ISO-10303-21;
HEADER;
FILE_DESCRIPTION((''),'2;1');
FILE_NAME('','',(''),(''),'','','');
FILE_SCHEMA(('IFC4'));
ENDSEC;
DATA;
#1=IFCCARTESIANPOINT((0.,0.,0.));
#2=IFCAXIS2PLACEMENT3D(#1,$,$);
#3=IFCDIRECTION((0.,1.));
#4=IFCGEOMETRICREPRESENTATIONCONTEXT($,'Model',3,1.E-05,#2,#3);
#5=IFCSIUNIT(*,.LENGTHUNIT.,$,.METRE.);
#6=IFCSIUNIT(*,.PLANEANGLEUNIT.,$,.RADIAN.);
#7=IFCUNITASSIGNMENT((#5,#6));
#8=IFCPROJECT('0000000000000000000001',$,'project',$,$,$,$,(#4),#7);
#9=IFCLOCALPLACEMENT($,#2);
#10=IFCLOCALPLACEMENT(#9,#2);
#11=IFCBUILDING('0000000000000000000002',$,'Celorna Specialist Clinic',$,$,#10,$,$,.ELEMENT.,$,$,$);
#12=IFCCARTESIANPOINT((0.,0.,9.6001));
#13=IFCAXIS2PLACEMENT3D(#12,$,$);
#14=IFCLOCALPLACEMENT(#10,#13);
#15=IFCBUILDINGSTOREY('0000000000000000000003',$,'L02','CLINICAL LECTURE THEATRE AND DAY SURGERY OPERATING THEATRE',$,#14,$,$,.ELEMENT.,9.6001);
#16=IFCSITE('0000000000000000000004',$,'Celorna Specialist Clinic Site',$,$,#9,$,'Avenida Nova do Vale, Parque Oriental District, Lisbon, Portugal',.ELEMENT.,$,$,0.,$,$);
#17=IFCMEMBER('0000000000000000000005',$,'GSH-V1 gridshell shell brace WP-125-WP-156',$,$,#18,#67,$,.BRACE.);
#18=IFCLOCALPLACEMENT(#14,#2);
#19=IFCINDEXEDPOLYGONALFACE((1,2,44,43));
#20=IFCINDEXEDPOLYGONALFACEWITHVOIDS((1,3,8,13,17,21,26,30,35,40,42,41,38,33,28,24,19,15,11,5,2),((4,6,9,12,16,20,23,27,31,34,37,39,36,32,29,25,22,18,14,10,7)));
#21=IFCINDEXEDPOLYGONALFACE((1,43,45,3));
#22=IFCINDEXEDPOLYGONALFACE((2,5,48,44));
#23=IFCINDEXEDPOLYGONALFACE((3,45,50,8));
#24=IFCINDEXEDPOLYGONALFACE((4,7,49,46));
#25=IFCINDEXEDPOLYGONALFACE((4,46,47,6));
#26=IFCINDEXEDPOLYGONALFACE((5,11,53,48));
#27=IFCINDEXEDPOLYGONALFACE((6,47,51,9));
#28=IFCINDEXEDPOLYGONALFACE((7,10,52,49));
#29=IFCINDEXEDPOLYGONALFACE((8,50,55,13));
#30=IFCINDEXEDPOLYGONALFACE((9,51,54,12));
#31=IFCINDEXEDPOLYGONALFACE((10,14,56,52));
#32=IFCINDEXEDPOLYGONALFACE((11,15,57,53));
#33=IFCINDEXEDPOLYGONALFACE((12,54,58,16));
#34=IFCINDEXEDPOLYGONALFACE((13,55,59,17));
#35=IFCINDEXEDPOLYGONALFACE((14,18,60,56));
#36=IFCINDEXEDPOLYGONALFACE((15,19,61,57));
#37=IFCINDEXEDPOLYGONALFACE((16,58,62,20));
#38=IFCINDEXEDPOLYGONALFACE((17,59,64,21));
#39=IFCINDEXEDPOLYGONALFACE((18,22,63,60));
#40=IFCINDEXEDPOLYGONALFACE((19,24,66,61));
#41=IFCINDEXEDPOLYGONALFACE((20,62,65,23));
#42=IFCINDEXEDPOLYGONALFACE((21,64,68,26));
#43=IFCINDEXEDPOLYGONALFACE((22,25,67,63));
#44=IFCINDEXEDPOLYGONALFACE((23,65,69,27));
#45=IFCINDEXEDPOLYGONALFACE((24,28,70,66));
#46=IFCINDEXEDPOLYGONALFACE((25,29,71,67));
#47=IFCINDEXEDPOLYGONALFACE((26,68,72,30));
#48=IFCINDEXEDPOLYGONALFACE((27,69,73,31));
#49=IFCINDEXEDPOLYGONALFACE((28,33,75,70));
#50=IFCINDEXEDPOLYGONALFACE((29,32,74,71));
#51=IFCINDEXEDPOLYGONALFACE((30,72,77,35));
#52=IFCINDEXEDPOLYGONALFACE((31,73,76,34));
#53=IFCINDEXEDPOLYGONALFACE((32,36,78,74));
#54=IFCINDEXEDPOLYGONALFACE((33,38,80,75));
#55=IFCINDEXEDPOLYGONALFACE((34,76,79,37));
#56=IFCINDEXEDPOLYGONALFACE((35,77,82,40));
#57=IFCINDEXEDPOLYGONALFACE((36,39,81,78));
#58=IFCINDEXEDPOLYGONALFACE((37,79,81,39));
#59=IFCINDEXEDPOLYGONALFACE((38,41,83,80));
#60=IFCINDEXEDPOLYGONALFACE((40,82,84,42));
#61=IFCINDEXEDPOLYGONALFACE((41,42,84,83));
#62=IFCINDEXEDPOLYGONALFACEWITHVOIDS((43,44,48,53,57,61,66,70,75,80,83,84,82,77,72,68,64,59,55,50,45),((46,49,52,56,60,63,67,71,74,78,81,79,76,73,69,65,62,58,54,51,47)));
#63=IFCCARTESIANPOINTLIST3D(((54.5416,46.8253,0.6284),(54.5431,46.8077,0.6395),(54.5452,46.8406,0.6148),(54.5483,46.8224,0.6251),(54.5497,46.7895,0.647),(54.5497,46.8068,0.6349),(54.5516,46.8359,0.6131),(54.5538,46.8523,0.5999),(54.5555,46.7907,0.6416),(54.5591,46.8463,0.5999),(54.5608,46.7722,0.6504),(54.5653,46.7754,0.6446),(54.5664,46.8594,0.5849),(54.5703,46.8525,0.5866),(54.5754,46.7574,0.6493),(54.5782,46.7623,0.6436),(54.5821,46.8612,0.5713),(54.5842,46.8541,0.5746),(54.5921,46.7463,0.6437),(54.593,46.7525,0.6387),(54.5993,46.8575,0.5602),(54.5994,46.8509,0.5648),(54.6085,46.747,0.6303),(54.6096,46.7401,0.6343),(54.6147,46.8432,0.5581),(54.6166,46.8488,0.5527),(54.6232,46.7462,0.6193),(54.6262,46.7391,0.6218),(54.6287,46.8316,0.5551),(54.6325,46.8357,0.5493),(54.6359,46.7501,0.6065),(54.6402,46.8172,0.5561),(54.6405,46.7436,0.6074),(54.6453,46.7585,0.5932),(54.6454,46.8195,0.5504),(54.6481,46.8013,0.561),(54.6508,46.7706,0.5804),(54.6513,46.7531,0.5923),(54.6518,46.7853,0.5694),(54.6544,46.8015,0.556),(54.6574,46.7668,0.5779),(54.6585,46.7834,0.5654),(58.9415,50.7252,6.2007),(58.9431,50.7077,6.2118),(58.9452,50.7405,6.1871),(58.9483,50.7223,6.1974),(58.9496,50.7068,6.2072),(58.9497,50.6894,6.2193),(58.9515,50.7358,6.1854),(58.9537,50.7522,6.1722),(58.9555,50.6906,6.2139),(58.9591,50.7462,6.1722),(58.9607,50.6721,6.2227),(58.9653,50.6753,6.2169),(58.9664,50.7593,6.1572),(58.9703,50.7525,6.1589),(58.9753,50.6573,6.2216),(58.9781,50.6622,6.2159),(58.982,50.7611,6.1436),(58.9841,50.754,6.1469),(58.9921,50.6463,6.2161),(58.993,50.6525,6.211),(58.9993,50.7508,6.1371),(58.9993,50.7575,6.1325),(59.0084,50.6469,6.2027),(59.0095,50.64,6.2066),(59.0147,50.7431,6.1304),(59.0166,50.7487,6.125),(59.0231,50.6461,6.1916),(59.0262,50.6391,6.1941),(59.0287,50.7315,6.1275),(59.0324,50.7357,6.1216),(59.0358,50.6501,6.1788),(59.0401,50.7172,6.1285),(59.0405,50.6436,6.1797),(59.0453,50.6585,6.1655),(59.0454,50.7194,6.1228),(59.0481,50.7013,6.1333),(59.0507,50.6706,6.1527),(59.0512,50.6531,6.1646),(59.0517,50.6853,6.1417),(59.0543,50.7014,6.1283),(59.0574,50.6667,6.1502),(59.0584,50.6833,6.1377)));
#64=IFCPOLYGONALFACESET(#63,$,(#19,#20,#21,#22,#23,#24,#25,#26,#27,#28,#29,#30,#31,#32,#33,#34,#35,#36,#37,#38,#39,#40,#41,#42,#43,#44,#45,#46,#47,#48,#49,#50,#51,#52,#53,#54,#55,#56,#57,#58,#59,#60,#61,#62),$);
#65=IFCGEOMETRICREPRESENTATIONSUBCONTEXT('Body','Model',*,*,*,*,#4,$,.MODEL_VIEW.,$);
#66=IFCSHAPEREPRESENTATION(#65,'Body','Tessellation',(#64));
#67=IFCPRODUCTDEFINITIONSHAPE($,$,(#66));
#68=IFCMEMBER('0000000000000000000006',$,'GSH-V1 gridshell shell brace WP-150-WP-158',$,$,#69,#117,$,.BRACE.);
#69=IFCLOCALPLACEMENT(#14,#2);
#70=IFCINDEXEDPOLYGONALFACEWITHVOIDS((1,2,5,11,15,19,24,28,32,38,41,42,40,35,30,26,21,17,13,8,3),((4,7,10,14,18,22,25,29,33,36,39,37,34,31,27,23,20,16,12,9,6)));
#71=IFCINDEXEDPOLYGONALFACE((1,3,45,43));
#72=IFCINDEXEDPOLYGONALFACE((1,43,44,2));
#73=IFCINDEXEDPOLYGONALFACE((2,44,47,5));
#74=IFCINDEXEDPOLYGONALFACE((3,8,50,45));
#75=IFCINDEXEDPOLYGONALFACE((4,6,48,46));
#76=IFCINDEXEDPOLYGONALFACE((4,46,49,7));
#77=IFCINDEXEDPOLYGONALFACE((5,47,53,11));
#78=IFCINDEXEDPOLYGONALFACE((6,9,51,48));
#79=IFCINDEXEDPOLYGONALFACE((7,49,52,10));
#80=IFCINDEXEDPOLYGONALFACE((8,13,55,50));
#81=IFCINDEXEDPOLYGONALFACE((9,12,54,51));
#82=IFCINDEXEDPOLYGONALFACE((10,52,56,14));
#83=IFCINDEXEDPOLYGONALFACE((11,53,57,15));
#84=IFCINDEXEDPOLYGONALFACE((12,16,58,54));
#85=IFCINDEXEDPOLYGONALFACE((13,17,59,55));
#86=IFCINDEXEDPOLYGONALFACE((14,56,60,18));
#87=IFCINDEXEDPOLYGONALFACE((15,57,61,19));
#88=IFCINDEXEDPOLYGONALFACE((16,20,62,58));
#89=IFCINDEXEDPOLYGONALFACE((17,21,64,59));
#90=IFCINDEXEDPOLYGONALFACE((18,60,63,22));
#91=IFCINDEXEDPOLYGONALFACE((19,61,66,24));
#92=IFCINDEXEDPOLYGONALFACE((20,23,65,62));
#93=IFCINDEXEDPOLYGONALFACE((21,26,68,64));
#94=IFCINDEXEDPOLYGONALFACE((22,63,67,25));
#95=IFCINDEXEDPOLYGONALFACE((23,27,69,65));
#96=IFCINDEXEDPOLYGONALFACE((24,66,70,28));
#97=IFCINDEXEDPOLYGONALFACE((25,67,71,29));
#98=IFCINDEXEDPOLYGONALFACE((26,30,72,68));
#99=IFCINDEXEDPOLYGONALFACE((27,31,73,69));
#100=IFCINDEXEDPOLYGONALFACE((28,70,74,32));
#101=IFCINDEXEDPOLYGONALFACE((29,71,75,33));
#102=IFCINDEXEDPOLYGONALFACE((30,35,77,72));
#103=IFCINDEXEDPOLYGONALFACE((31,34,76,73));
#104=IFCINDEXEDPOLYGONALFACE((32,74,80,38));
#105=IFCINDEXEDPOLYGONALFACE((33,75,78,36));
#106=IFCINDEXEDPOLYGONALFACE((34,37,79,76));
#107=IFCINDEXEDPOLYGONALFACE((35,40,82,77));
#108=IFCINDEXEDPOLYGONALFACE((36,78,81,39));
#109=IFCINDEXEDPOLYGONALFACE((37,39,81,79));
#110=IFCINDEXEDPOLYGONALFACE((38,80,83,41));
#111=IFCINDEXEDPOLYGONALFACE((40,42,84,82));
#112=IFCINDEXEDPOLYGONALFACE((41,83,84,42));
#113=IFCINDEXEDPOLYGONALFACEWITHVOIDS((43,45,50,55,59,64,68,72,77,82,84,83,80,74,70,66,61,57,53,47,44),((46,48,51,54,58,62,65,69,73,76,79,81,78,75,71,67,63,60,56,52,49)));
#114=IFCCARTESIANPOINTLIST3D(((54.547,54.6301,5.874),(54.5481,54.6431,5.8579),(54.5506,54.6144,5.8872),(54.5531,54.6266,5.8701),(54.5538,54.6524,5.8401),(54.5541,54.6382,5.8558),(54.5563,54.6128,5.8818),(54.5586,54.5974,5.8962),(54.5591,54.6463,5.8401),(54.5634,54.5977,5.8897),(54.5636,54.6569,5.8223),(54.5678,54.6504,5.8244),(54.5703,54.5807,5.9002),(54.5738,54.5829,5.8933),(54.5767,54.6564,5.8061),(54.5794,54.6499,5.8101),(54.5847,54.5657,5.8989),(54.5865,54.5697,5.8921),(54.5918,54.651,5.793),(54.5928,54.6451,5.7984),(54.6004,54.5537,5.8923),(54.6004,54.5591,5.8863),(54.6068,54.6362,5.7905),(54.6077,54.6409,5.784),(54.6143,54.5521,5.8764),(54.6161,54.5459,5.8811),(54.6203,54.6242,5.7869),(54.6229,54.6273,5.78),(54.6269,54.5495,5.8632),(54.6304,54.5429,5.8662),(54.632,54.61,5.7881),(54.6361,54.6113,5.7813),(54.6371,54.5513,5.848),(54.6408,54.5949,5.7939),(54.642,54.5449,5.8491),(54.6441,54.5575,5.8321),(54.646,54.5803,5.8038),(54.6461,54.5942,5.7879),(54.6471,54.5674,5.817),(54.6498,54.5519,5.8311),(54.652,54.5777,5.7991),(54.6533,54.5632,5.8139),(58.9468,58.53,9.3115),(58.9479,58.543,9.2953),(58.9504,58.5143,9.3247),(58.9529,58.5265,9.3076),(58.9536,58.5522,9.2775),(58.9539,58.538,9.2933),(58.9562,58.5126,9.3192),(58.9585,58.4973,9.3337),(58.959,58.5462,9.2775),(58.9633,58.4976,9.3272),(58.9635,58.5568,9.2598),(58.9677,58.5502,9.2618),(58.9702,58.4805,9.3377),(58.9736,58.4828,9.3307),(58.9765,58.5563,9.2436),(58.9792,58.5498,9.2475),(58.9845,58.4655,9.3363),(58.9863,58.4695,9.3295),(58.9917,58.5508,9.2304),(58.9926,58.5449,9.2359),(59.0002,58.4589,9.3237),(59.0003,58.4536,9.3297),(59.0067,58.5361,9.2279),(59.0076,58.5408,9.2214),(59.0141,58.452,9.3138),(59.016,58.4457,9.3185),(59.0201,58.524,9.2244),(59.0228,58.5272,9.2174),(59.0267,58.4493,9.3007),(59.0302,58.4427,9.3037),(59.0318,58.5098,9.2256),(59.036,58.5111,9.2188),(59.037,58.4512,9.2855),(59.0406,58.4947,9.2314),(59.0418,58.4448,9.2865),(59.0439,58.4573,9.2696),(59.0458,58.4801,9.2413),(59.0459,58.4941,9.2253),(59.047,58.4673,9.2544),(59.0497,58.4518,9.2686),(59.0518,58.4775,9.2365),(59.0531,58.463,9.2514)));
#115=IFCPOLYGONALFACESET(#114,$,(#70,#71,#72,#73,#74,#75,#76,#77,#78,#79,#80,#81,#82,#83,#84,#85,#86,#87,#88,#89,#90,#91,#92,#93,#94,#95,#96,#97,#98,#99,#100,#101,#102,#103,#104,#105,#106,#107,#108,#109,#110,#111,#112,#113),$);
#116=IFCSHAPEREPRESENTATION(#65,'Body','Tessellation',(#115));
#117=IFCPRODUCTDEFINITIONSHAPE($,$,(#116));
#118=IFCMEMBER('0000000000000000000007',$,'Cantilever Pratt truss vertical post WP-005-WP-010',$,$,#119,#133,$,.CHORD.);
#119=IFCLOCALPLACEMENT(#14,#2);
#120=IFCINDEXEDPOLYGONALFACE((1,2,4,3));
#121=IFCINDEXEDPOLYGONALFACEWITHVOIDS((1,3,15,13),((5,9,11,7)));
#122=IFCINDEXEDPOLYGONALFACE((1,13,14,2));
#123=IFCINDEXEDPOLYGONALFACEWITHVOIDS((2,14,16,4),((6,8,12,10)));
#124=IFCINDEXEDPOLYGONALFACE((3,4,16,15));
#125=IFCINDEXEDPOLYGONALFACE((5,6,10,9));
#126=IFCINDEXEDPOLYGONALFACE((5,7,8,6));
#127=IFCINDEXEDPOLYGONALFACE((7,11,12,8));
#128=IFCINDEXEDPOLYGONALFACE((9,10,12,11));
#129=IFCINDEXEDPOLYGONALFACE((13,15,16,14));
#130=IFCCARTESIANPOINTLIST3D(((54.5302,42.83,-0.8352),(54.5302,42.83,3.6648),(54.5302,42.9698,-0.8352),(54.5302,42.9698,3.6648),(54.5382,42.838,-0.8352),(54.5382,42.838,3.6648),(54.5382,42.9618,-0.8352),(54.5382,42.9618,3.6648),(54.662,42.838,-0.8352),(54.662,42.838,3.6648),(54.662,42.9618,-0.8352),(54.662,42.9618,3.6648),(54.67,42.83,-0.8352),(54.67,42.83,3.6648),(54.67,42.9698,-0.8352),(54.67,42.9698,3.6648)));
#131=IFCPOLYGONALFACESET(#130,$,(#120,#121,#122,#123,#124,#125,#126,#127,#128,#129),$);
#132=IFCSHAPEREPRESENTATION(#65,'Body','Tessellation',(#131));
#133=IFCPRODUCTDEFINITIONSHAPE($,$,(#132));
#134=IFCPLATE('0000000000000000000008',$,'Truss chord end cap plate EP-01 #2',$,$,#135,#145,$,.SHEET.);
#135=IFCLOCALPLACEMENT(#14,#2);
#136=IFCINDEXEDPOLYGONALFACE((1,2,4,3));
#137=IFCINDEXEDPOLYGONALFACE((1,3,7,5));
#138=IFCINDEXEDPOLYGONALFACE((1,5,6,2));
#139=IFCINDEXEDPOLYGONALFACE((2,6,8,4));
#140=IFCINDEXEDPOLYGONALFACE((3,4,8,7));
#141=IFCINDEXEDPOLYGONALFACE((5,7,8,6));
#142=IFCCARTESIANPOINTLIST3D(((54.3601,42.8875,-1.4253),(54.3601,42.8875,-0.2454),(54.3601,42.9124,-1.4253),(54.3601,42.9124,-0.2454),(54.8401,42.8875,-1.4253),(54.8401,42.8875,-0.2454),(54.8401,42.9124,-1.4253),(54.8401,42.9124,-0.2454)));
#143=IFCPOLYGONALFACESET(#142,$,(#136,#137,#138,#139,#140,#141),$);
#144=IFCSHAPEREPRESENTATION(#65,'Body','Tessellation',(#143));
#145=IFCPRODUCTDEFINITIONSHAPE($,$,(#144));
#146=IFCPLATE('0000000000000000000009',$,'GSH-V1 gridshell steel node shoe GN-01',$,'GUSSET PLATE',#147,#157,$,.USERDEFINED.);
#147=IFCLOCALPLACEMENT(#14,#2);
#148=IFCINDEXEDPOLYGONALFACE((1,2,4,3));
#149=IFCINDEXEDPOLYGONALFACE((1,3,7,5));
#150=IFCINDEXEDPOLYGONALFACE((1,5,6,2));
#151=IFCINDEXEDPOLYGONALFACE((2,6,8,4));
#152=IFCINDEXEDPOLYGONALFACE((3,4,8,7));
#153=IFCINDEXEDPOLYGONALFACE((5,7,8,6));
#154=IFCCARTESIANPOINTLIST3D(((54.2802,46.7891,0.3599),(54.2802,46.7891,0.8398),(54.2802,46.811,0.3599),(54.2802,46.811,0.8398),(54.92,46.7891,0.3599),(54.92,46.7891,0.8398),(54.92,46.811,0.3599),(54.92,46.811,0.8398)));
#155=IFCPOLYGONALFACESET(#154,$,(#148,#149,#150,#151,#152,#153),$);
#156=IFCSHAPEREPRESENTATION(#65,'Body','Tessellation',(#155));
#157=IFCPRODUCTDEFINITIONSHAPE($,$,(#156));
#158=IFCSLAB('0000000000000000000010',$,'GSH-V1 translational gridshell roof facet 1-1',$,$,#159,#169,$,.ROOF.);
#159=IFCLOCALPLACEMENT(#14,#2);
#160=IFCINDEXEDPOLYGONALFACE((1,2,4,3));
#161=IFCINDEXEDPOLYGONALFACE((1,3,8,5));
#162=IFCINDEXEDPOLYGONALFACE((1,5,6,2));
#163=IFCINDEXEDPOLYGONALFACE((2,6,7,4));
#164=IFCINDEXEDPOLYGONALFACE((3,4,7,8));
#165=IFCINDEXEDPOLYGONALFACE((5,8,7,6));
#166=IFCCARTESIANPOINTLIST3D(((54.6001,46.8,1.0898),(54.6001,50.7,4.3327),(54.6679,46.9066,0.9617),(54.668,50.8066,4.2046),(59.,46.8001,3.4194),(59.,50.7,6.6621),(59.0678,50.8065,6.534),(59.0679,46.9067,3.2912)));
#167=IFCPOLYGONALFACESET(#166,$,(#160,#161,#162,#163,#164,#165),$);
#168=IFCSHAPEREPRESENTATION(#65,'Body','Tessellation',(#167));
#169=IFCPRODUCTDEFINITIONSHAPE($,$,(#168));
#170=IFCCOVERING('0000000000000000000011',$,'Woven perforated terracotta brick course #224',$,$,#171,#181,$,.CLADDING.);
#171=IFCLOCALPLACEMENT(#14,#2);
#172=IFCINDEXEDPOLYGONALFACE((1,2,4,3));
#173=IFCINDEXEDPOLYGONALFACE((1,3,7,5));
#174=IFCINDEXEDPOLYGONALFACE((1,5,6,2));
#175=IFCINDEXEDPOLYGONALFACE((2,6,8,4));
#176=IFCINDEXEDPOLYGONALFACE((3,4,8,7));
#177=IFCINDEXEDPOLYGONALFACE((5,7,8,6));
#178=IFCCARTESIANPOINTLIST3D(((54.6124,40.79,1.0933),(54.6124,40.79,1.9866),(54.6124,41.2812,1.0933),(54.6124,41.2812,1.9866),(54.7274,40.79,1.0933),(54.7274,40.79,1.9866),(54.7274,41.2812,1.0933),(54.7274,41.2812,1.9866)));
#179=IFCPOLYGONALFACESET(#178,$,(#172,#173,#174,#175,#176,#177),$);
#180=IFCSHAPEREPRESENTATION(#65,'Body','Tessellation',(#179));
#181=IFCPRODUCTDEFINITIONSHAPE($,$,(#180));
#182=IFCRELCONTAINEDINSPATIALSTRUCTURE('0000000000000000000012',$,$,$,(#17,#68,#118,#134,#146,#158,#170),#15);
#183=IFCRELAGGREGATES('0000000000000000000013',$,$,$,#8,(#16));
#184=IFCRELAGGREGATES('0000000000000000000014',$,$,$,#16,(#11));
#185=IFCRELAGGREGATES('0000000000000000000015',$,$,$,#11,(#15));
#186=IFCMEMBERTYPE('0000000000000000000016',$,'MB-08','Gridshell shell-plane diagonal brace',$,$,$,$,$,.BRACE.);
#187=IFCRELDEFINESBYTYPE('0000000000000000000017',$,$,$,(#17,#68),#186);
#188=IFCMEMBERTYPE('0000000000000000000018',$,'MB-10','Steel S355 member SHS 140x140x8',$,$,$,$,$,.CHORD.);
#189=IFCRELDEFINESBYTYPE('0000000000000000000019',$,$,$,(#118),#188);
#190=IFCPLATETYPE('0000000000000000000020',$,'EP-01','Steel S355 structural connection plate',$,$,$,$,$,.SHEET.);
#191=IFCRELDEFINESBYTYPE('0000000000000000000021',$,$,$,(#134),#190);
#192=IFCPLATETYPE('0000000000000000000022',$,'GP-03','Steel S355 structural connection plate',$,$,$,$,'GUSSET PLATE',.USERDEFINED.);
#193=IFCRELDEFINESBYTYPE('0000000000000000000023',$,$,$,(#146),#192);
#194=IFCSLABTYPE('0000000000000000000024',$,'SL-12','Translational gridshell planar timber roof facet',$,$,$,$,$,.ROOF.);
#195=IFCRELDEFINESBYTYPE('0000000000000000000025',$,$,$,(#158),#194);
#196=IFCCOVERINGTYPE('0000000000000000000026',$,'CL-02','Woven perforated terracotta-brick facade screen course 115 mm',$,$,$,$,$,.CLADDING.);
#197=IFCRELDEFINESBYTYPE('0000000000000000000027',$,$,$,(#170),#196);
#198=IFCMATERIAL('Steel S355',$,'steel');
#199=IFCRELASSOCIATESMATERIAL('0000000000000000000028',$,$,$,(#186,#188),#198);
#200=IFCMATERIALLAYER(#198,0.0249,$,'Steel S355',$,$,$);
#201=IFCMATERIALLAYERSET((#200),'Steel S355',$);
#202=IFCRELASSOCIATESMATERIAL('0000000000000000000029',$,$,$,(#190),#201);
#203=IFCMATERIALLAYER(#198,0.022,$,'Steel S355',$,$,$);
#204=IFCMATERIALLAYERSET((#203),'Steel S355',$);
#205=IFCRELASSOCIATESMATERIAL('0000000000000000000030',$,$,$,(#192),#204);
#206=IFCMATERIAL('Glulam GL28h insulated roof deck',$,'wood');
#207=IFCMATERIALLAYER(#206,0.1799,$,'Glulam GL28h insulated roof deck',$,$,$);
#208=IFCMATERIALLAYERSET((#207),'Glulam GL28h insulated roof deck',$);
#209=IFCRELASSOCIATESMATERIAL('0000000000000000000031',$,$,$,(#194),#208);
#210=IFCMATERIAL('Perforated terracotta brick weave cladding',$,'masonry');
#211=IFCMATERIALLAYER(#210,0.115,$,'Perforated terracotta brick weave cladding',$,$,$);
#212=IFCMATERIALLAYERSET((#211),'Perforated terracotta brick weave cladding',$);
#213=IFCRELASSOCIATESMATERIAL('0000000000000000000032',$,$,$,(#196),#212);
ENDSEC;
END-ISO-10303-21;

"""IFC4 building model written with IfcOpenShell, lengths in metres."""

from ifc_helpers import new_model, si_unit, direction, frame, origin, origin_2d, place, context, subcontext, project, spatial, polyline, rectangle, hollow_rectangle, hollow_circle, outline, extrude, material, layer, layer_set, material_profile, profile_set, type_object, element, save


model = new_model("IFC4")

# Units and contexts
model_context = context("Model", 3, precision=1e-05, world=origin(), true_north=direction((0.0, 1.0)))
body_context = subcontext(model_context, "Body", "Model", "MODEL_VIEW")
ifc_project = project(units=[si_unit("LENGTHUNIT", "METRE"), si_unit("PLANEANGLEUNIT", "RADIAN")], contexts=[model_context])

# Site, building, storey
site_placement = place(None, origin())
site = spatial("IfcSite", under=ifc_project, at=site_placement, Name="Celorna Specialist Clinic Site", LongName="Avenida Nova do Vale, Parque Oriental District, Lisbon, Portugal", CompositionType="ELEMENT", RefElevation=0.0)
building_placement = place(site_placement, origin())
building = spatial("IfcBuilding", under=site, at=building_placement, Name="Celorna Specialist Clinic", CompositionType="ELEMENT")
storey_placement = place(building_placement, frame((0.0, 0.0, 9.6001)))
storey = spatial("IfcBuildingStorey", under=building, at=storey_placement, Name="L02", Description="CLINICAL LECTURE THEATRE AND DAY SURGERY OPERATING THEATRE", CompositionType="ELEMENT", Elevation=9.6001)

# Shared definitions
ifc_material_1 = material(Name="Steel S355", Category="steel")

# Members
ifc_material_profile_1 = material_profile(ifc_material_1, hollow_circle(Radius=0.0698, WallThickness=0.0081, at=origin_2d()), Name="CHS 139.7x8")
ifc_profile_set_1 = profile_set([ifc_material_profile_1], Name="Steel S355")
member_type_1 = type_object("IfcMemberType", Name="MB-08", Description="Gridshell shell-plane diagonal brace", PredefinedType="BRACE", material=ifc_profile_set_1)
member_1_placement = place(storey_placement, frame((54.6001, 46.8, 0.5999), z_axis=(0.543163, 0.481438, 0.687889), x_axis=(-0.663306, 0.748348, 0.0)))
element("IfcMember", 1, at=member_1_placement, inside=storey, type_object=member_type_1, Name="GSH-V1 gridshell shell brace WP-125-WP-156", PredefinedType="BRACE", context=body_context, shape_type="SweptSolid", body=[
    extrude(hollow_circle(Radius=0.0698, WallThickness=0.0081, at=origin_2d()), origin(), (0.0, 0.0, 1.0), 8.1006),
])
member_2_placement = place(storey_placement, frame((54.6001, 54.6001, 5.8401), z_axis=(0.646034, 0.572619, 0.504725), x_axis=(-0.663306, 0.748348, 0.0)))
element("IfcMember", 2, at=member_2_placement, inside=storey, type_object=member_type_1, Name="GSH-V1 gridshell shell brace WP-150-WP-158", PredefinedType="BRACE", context=body_context, shape_type="SweptSolid", body=[
    extrude(hollow_circle(Radius=0.0698, WallThickness=0.0081, at=origin_2d()), origin(), (0.0, 0.0, 1.0), 6.8105),
])
ifc_material_profile_2 = material_profile(ifc_material_1, hollow_rectangle(XDim=0.1399, YDim=0.1399, WallThickness=0.0081, at=origin_2d()), Name="SHS 140x140x8")
ifc_profile_set_2 = profile_set([ifc_material_profile_2], Name="Steel S355")
member_type_2 = type_object("IfcMemberType", Name="MB-10", Description="Steel S355 member SHS 140x140x8", PredefinedType="CHORD", material=ifc_profile_set_2)
member_3_placement = place(storey_placement, frame((54.6001, 42.8999, -0.8352), z_axis=(0.0, 0.0, 1.0), x_axis=(1.0, 0.0, 0.0)))
element("IfcMember", 3, at=member_3_placement, inside=storey, type_object=member_type_2, Name="Cantilever Pratt truss vertical post WP-005-WP-010", PredefinedType="CHORD", context=body_context, shape_type="SweptSolid", body=[
    extrude(hollow_rectangle(XDim=0.1399, YDim=0.1399, WallThickness=0.0081, at=origin_2d()), origin(), (0.0, 0.0, 1.0), 4.5),
])

# Plates
ifc_layer_1 = layer(ifc_material_1, 0.0249, Name="Steel S355")
ifc_layer_set_1 = layer_set([ifc_layer_1], Name="Steel S355")
plate_type_1 = type_object("IfcPlateType", Name="EP-01", Description="Steel S355 structural connection plate", PredefinedType="SHEET", material=ifc_layer_set_1)
plate_1_placement = place(storey_placement, frame((54.6001, 42.8999, -1.4253), z_axis=(0.0, 0.0, 1.0), x_axis=(1.0, 0.0, 0.0)))
element("IfcPlate", 4, at=plate_1_placement, inside=storey, type_object=plate_type_1, Name="Truss chord end cap plate EP-01 #2", PredefinedType="SHEET", context=body_context, shape_type="SweptSolid", body=[
    extrude(rectangle(XDim=0.48, YDim=0.0249, at=origin_2d()), origin(), (0.0, 0.0, 1.0), 1.1799),
])
ifc_layer_2 = layer(ifc_material_1, 0.022, Name="Steel S355")
ifc_layer_set_2 = layer_set([ifc_layer_2], Name="Steel S355")
plate_type_2 = type_object("IfcPlateType", Name="GP-03", Description="Steel S355 structural connection plate", ElementType="GUSSET PLATE", PredefinedType="USERDEFINED", material=ifc_layer_set_2)
plate_2_placement = place(storey_placement, frame((54.6001, 46.8, 0.3599), z_axis=(0.0, 0.0, 1.0), x_axis=(1.0, 0.0, 0.0)))
element("IfcPlate", 5, at=plate_2_placement, inside=storey, type_object=plate_type_2, Name="GSH-V1 gridshell steel node shoe GN-01", ObjectType="GUSSET PLATE", PredefinedType="USERDEFINED", context=body_context, shape_type="SweptSolid", body=[
    extrude(rectangle(XDim=0.6399, YDim=0.022, at=origin_2d()), origin(), (0.0, 0.0, 1.0), 0.48),
])

# Slab
ifc_material_2 = material(Name="Glulam GL28h insulated roof deck", Category="wood")
ifc_layer_3 = layer(ifc_material_2, 0.1799, Name="Glulam GL28h insulated roof deck")
ifc_layer_set_3 = layer_set([ifc_layer_3], Name="Glulam GL28h insulated roof deck")
slab_type = type_object("IfcSlabType", Name="SL-12", Description="Translational gridshell planar timber roof facet", PredefinedType="ROOF", material=ifc_layer_set_3)
slab_placement = place(storey_placement, frame((54.6001, 46.8, 1.0898), z_axis=(-0.377044, -0.592168, 0.712162), x_axis=(0.883775, 0.00001, 0.467911)))
element("IfcSlab", 6, at=slab_placement, inside=storey, type_object=slab_type, Name="GSH-V1 translational gridshell roof facet 1-1", PredefinedType="ROOF", context=body_context, shape_type="SweptSolid", body=[
    extrude(outline(polyline([(0.0, 0.0), (4.9786, 0.0), (6.4959, 4.8396), (1.5174, 4.8397), (0.0, 0.0)])), origin(), (0.0, 0.0, -1.0), 0.1799),
])

# Covering
ifc_material_3 = material(Name="Perforated terracotta brick weave cladding", Category="masonry")
ifc_layer_4 = layer(ifc_material_3, 0.115, Name="Perforated terracotta brick weave cladding")
ifc_layer_set_4 = layer_set([ifc_layer_4], Name="Perforated terracotta brick weave cladding")
covering_type_1 = type_object("IfcCoveringType", Name="CL-02", Description="Woven perforated terracotta-brick facade screen course 115 mm", PredefinedType="CLADDING", material=ifc_layer_set_4)
covering_1_placement = place(storey_placement, frame((54.6699, 41.0356, 1.0933), z_axis=(0.0, 0.0, 1.0), x_axis=(0.0, 1.0, 0.0)))
element("IfcCovering", 7, at=covering_1_placement, inside=storey, type_object=covering_type_1, Name="Woven perforated terracotta brick course #224", PredefinedType="CLADDING", context=body_context, shape_type="SweptSolid", body=[
    extrude(rectangle(XDim=0.4912, YDim=0.115, at=origin_2d()), origin(), (0.0, 0.0, 1.0), 0.8933),
])

save(model, "model.ifc")
